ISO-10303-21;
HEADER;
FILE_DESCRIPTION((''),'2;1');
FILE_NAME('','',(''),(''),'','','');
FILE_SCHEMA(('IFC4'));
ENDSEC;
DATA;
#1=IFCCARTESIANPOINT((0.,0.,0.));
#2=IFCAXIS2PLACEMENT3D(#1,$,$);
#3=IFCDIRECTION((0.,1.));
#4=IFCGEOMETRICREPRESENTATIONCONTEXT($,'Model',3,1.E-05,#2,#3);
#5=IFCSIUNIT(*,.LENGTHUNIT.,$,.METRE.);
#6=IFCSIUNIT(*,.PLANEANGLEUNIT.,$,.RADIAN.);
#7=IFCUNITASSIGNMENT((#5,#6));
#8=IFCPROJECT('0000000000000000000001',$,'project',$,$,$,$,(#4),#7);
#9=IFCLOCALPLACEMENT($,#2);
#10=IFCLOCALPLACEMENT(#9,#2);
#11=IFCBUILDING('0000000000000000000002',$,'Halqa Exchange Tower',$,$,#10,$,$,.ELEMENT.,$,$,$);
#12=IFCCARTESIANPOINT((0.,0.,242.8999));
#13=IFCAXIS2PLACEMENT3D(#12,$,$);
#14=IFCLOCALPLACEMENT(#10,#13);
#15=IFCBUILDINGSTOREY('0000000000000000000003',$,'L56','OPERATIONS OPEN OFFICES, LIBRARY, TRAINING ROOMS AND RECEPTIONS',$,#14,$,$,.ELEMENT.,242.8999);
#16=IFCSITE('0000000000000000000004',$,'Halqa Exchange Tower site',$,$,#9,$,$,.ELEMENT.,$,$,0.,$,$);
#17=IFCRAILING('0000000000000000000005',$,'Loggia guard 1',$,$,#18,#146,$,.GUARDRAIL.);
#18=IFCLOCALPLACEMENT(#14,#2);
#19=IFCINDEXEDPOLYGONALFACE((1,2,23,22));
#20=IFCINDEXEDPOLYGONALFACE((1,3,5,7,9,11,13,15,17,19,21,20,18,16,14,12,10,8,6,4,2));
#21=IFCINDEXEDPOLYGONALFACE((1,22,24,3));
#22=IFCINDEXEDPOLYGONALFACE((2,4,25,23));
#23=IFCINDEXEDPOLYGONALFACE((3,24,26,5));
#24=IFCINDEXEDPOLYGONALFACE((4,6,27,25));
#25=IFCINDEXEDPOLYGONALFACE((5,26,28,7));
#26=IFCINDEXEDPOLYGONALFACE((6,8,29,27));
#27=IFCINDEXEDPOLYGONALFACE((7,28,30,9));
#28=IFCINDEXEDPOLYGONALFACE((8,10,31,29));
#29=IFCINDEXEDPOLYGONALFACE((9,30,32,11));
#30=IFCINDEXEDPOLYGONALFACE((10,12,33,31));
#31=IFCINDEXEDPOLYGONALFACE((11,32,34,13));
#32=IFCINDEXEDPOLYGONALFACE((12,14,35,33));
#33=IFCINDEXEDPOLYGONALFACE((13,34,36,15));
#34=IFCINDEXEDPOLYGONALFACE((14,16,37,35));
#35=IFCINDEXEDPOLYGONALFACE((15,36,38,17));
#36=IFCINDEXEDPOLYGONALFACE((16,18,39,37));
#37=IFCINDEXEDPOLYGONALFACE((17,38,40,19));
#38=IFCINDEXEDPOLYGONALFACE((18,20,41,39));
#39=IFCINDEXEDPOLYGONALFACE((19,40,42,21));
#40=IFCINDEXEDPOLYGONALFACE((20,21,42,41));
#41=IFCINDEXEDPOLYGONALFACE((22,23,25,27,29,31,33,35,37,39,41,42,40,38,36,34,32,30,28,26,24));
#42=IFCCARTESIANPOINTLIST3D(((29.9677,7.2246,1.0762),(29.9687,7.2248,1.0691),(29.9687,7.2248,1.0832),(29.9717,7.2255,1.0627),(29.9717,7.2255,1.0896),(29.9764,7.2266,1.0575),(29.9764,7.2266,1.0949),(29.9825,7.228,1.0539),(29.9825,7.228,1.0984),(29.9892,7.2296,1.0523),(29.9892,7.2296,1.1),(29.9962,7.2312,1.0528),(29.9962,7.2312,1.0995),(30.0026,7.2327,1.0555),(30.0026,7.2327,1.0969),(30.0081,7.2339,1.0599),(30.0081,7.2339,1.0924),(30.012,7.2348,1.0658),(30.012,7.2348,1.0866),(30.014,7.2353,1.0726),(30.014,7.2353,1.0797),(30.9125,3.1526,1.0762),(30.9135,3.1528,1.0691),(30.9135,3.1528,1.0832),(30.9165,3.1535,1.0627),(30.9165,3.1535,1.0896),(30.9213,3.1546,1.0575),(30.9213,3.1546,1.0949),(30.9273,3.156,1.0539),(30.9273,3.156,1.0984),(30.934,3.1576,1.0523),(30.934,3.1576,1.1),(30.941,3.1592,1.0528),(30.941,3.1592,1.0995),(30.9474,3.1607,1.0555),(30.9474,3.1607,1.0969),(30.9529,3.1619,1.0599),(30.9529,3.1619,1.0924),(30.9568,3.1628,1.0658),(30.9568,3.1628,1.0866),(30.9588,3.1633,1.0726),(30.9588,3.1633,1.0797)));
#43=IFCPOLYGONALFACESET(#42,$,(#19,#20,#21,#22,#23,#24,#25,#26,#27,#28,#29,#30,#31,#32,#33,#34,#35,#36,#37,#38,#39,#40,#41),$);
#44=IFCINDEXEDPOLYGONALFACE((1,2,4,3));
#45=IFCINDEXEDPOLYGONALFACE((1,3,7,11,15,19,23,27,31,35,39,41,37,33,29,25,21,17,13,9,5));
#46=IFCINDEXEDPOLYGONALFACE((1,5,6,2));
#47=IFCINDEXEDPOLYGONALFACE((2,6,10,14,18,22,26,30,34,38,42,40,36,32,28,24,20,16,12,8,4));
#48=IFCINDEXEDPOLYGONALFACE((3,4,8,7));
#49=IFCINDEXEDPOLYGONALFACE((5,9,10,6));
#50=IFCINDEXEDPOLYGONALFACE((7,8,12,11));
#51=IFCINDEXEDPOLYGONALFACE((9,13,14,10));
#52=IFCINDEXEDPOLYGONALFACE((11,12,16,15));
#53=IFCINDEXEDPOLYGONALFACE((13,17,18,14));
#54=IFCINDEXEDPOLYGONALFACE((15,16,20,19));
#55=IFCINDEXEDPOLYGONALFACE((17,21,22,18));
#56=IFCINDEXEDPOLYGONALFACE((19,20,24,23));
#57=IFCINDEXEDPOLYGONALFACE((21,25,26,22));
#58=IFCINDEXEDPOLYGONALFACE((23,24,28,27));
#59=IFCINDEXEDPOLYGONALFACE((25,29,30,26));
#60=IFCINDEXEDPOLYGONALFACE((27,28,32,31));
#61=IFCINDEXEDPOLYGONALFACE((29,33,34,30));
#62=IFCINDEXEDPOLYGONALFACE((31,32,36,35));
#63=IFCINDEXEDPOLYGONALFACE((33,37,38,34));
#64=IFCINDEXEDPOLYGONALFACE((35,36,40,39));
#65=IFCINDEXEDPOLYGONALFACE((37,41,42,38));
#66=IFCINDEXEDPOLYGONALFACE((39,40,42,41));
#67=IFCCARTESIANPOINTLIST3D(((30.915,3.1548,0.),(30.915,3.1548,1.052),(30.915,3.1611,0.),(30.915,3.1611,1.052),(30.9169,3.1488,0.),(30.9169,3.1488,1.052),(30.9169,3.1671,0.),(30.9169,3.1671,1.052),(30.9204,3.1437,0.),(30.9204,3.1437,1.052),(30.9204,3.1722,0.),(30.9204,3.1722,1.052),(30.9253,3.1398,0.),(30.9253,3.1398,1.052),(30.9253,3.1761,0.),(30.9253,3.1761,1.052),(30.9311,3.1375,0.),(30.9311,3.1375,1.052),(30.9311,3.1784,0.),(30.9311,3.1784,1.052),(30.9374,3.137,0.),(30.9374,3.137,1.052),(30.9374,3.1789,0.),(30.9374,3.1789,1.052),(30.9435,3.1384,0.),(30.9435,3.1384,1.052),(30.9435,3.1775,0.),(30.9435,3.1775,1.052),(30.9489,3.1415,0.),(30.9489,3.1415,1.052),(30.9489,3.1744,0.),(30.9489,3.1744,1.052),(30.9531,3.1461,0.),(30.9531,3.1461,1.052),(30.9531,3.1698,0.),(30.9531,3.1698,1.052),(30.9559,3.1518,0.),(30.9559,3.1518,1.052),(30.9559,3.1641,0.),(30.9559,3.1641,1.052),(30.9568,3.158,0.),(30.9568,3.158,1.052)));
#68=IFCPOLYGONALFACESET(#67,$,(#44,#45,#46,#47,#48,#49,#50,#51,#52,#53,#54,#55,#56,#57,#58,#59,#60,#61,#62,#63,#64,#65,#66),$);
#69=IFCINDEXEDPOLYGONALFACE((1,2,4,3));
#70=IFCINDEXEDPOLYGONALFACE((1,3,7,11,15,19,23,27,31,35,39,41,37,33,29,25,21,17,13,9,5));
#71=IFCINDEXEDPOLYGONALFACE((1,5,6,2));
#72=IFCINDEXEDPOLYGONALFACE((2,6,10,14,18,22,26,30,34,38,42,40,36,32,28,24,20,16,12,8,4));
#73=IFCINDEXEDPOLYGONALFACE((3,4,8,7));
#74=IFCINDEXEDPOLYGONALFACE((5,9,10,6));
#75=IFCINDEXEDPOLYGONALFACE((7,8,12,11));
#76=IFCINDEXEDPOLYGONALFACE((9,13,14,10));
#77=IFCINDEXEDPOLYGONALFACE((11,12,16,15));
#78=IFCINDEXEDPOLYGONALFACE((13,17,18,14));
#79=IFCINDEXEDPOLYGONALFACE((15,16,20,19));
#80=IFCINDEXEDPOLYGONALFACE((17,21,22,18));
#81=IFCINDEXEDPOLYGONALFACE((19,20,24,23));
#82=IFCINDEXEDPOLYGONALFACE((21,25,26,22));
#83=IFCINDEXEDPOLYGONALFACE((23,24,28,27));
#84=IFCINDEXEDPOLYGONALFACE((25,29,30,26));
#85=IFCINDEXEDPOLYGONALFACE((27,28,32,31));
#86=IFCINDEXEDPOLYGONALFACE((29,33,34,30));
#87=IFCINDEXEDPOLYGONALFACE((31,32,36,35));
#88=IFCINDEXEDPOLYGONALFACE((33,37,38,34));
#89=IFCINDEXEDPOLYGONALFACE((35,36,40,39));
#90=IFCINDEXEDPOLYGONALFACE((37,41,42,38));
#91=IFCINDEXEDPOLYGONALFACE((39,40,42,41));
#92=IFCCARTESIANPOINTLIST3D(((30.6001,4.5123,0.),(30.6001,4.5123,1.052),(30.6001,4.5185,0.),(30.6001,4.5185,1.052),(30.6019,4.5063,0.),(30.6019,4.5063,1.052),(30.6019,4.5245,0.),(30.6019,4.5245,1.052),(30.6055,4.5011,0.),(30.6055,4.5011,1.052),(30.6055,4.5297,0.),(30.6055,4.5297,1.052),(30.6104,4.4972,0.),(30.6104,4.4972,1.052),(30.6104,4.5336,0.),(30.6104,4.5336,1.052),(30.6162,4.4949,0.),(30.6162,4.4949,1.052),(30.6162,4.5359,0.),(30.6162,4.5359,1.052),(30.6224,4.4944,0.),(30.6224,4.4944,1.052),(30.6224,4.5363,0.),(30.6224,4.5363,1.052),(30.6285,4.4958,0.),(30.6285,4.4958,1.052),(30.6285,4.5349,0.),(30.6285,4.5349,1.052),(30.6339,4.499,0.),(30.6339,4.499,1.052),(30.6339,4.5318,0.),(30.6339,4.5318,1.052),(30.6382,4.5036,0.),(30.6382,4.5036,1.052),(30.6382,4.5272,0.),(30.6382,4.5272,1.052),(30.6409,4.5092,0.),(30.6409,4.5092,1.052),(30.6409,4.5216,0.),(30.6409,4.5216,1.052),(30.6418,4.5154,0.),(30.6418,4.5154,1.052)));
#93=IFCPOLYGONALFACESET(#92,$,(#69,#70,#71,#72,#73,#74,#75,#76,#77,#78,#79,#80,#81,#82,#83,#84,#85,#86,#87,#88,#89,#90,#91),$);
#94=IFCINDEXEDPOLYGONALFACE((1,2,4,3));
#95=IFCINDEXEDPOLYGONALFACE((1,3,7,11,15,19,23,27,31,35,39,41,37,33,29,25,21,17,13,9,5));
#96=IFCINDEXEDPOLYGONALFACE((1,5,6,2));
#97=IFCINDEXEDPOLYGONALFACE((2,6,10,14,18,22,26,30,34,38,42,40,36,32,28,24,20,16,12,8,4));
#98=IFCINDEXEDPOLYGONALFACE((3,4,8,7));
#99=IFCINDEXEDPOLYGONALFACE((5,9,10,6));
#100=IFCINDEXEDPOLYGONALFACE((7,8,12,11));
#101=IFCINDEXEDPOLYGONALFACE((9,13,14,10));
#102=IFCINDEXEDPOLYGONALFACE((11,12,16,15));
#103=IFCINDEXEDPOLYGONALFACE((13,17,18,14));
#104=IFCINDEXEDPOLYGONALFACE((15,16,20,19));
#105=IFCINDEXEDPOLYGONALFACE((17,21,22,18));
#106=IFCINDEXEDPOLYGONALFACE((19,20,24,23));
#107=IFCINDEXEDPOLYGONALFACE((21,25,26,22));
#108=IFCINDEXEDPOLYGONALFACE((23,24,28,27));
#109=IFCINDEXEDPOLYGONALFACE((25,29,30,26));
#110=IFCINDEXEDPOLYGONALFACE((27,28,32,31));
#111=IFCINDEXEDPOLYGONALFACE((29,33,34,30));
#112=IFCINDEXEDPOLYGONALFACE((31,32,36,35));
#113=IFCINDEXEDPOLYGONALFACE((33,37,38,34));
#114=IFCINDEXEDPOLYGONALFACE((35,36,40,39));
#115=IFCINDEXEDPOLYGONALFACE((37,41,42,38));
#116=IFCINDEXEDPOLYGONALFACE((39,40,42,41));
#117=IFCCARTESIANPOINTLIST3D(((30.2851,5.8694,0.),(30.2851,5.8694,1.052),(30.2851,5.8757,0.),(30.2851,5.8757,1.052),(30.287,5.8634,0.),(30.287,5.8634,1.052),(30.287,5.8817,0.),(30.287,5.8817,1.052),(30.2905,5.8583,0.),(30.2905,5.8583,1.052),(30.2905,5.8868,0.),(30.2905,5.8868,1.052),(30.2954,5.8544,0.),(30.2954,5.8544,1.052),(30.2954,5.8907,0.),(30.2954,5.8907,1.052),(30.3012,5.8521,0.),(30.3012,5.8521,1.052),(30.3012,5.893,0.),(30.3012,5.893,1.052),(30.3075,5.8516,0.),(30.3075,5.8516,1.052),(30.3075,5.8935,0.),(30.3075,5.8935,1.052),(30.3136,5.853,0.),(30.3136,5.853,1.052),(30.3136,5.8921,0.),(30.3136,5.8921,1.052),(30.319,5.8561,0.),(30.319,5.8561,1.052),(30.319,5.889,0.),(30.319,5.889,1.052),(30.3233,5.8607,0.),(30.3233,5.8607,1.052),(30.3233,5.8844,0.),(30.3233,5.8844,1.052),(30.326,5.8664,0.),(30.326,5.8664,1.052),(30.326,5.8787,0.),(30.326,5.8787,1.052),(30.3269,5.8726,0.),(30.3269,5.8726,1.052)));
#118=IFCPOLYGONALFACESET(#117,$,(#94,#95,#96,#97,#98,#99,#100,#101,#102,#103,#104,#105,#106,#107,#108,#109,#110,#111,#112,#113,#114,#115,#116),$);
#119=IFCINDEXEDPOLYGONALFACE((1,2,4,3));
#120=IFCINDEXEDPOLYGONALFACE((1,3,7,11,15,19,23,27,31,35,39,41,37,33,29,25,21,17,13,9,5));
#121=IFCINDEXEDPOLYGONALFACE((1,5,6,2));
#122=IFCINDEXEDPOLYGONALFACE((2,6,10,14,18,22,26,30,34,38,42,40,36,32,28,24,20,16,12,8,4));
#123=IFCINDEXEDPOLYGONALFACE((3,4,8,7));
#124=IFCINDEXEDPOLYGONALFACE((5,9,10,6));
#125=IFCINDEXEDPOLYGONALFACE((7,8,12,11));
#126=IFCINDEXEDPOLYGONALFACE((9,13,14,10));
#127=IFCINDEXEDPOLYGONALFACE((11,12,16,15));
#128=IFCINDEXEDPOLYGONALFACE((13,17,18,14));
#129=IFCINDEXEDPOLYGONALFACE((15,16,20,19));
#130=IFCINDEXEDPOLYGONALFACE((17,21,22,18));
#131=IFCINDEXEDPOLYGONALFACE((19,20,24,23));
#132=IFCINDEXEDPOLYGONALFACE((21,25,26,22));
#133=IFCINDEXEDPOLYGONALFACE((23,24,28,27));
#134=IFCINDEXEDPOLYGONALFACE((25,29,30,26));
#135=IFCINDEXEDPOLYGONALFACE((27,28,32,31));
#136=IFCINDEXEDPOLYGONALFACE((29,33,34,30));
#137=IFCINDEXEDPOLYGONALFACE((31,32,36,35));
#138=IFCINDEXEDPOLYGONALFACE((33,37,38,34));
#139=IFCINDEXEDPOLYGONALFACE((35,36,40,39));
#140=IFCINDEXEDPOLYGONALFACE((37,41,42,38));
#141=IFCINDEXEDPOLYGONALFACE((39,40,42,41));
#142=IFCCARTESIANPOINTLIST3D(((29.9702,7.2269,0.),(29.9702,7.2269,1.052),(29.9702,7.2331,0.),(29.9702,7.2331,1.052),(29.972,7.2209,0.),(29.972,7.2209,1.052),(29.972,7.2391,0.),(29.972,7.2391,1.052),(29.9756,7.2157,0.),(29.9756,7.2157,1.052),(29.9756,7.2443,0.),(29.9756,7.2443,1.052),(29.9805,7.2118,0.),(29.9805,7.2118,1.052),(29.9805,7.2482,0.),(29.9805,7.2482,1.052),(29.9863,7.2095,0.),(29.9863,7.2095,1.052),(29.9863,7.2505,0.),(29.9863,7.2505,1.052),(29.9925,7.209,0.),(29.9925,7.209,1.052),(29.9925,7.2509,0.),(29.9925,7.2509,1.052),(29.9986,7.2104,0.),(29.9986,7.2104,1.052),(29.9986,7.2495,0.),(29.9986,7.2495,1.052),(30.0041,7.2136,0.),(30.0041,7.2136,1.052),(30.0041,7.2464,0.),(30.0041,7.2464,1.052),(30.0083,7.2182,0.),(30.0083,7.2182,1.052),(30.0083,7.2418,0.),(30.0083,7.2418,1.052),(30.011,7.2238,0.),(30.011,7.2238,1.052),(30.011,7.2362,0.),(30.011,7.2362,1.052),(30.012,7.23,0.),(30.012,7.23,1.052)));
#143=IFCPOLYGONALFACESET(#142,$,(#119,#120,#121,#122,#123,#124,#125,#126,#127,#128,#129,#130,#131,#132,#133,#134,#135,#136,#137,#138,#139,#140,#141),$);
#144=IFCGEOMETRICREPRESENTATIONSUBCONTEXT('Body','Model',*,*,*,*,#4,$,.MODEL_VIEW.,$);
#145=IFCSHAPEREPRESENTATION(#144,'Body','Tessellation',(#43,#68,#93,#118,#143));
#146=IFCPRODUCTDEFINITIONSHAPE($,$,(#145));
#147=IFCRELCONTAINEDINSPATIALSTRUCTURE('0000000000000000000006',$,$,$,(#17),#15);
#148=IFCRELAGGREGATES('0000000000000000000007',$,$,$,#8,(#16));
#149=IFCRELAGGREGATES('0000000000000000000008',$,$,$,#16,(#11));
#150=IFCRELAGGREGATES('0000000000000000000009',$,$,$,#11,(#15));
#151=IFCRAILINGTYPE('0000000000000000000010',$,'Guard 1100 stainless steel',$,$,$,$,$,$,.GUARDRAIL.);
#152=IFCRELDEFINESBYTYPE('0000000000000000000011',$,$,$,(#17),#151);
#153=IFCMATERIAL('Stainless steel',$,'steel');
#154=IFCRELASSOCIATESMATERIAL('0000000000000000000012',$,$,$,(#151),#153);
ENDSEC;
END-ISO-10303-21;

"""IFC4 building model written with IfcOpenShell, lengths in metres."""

from ifc_helpers import new_model, si_unit, direction, frame, origin, origin_2d, place, context, subcontext, project, spatial, circle, extrude, material, type_object, element, save


model = new_model("IFC4")

# Units and contexts
model_context = context("Model", 3, precision=1e-05, world=origin(), true_north=direction((0.0, 1.0)))
body_context = subcontext(model_context, "Body", "Model", "MODEL_VIEW")
ifc_project = project(units=[si_unit("LENGTHUNIT", "METRE"), si_unit("PLANEANGLEUNIT", "RADIAN")], contexts=[model_context])

# Site, building, storey
site_placement = place(None, origin())
site = spatial("IfcSite", under=ifc_project, at=site_placement, Name="Halqa Exchange Tower site", CompositionType="ELEMENT", RefElevation=0.0)
building_placement = place(site_placement, origin())
building = spatial("IfcBuilding", under=site, at=building_placement, Name="Halqa Exchange Tower", CompositionType="ELEMENT")
storey_placement = place(building_placement, frame((0.0, 0.0, 242.8999)))
storey = spatial("IfcBuildingStorey", under=building, at=storey_placement, Name="L56", Description="OPERATIONS OPEN OFFICES, LIBRARY, TRAINING ROOMS AND RECEPTIONS", CompositionType="ELEMENT", Elevation=242.8999)

# Railing
ifc_material_1 = material(Name="Stainless steel", Category="steel")
railing_type = type_object("IfcRailingType", Name="Guard 1100 stainless steel", PredefinedType="GUARDRAIL", material=ifc_material_1)
railing_1_placement = place(storey_placement, frame((30.9358, 3.158, 0.0)))
element("IfcRailing", 1, at=railing_1_placement, inside=storey, type_object=railing_type, Name="Loggia guard 1", PredefinedType="GUARDRAIL", context=body_context, shape_type="SweptSolid", body=[
    extrude(circle(Radius=0.0239, at=origin_2d()), frame((0.0, 0.0, 1.0762), z_axis=(-0.226024, 0.974122, 0.0), x_axis=(-0.974122, -0.226024, 0.0)), (0.0, 0.0, 1.0), 4.1802),
    extrude(circle(Radius=0.021, at=origin_2d()), origin(), (0.0, 0.0, 1.0), 1.052),
    extrude(circle(Radius=0.021, at=origin_2d()), frame((-0.3149, 1.3574, 0.0)), (0.0, 0.0, 1.0), 1.052),
    extrude(circle(Radius=0.021, at=origin_2d()), frame((-0.6299, 2.7146, 0.0)), (0.0, 0.0, 1.0), 1.052),
    extrude(circle(Radius=0.021, at=origin_2d()), frame((-0.9448, 4.072, 0.0)), (0.0, 0.0, 1.0), 1.052),
])

save(model, "model.ifc")
